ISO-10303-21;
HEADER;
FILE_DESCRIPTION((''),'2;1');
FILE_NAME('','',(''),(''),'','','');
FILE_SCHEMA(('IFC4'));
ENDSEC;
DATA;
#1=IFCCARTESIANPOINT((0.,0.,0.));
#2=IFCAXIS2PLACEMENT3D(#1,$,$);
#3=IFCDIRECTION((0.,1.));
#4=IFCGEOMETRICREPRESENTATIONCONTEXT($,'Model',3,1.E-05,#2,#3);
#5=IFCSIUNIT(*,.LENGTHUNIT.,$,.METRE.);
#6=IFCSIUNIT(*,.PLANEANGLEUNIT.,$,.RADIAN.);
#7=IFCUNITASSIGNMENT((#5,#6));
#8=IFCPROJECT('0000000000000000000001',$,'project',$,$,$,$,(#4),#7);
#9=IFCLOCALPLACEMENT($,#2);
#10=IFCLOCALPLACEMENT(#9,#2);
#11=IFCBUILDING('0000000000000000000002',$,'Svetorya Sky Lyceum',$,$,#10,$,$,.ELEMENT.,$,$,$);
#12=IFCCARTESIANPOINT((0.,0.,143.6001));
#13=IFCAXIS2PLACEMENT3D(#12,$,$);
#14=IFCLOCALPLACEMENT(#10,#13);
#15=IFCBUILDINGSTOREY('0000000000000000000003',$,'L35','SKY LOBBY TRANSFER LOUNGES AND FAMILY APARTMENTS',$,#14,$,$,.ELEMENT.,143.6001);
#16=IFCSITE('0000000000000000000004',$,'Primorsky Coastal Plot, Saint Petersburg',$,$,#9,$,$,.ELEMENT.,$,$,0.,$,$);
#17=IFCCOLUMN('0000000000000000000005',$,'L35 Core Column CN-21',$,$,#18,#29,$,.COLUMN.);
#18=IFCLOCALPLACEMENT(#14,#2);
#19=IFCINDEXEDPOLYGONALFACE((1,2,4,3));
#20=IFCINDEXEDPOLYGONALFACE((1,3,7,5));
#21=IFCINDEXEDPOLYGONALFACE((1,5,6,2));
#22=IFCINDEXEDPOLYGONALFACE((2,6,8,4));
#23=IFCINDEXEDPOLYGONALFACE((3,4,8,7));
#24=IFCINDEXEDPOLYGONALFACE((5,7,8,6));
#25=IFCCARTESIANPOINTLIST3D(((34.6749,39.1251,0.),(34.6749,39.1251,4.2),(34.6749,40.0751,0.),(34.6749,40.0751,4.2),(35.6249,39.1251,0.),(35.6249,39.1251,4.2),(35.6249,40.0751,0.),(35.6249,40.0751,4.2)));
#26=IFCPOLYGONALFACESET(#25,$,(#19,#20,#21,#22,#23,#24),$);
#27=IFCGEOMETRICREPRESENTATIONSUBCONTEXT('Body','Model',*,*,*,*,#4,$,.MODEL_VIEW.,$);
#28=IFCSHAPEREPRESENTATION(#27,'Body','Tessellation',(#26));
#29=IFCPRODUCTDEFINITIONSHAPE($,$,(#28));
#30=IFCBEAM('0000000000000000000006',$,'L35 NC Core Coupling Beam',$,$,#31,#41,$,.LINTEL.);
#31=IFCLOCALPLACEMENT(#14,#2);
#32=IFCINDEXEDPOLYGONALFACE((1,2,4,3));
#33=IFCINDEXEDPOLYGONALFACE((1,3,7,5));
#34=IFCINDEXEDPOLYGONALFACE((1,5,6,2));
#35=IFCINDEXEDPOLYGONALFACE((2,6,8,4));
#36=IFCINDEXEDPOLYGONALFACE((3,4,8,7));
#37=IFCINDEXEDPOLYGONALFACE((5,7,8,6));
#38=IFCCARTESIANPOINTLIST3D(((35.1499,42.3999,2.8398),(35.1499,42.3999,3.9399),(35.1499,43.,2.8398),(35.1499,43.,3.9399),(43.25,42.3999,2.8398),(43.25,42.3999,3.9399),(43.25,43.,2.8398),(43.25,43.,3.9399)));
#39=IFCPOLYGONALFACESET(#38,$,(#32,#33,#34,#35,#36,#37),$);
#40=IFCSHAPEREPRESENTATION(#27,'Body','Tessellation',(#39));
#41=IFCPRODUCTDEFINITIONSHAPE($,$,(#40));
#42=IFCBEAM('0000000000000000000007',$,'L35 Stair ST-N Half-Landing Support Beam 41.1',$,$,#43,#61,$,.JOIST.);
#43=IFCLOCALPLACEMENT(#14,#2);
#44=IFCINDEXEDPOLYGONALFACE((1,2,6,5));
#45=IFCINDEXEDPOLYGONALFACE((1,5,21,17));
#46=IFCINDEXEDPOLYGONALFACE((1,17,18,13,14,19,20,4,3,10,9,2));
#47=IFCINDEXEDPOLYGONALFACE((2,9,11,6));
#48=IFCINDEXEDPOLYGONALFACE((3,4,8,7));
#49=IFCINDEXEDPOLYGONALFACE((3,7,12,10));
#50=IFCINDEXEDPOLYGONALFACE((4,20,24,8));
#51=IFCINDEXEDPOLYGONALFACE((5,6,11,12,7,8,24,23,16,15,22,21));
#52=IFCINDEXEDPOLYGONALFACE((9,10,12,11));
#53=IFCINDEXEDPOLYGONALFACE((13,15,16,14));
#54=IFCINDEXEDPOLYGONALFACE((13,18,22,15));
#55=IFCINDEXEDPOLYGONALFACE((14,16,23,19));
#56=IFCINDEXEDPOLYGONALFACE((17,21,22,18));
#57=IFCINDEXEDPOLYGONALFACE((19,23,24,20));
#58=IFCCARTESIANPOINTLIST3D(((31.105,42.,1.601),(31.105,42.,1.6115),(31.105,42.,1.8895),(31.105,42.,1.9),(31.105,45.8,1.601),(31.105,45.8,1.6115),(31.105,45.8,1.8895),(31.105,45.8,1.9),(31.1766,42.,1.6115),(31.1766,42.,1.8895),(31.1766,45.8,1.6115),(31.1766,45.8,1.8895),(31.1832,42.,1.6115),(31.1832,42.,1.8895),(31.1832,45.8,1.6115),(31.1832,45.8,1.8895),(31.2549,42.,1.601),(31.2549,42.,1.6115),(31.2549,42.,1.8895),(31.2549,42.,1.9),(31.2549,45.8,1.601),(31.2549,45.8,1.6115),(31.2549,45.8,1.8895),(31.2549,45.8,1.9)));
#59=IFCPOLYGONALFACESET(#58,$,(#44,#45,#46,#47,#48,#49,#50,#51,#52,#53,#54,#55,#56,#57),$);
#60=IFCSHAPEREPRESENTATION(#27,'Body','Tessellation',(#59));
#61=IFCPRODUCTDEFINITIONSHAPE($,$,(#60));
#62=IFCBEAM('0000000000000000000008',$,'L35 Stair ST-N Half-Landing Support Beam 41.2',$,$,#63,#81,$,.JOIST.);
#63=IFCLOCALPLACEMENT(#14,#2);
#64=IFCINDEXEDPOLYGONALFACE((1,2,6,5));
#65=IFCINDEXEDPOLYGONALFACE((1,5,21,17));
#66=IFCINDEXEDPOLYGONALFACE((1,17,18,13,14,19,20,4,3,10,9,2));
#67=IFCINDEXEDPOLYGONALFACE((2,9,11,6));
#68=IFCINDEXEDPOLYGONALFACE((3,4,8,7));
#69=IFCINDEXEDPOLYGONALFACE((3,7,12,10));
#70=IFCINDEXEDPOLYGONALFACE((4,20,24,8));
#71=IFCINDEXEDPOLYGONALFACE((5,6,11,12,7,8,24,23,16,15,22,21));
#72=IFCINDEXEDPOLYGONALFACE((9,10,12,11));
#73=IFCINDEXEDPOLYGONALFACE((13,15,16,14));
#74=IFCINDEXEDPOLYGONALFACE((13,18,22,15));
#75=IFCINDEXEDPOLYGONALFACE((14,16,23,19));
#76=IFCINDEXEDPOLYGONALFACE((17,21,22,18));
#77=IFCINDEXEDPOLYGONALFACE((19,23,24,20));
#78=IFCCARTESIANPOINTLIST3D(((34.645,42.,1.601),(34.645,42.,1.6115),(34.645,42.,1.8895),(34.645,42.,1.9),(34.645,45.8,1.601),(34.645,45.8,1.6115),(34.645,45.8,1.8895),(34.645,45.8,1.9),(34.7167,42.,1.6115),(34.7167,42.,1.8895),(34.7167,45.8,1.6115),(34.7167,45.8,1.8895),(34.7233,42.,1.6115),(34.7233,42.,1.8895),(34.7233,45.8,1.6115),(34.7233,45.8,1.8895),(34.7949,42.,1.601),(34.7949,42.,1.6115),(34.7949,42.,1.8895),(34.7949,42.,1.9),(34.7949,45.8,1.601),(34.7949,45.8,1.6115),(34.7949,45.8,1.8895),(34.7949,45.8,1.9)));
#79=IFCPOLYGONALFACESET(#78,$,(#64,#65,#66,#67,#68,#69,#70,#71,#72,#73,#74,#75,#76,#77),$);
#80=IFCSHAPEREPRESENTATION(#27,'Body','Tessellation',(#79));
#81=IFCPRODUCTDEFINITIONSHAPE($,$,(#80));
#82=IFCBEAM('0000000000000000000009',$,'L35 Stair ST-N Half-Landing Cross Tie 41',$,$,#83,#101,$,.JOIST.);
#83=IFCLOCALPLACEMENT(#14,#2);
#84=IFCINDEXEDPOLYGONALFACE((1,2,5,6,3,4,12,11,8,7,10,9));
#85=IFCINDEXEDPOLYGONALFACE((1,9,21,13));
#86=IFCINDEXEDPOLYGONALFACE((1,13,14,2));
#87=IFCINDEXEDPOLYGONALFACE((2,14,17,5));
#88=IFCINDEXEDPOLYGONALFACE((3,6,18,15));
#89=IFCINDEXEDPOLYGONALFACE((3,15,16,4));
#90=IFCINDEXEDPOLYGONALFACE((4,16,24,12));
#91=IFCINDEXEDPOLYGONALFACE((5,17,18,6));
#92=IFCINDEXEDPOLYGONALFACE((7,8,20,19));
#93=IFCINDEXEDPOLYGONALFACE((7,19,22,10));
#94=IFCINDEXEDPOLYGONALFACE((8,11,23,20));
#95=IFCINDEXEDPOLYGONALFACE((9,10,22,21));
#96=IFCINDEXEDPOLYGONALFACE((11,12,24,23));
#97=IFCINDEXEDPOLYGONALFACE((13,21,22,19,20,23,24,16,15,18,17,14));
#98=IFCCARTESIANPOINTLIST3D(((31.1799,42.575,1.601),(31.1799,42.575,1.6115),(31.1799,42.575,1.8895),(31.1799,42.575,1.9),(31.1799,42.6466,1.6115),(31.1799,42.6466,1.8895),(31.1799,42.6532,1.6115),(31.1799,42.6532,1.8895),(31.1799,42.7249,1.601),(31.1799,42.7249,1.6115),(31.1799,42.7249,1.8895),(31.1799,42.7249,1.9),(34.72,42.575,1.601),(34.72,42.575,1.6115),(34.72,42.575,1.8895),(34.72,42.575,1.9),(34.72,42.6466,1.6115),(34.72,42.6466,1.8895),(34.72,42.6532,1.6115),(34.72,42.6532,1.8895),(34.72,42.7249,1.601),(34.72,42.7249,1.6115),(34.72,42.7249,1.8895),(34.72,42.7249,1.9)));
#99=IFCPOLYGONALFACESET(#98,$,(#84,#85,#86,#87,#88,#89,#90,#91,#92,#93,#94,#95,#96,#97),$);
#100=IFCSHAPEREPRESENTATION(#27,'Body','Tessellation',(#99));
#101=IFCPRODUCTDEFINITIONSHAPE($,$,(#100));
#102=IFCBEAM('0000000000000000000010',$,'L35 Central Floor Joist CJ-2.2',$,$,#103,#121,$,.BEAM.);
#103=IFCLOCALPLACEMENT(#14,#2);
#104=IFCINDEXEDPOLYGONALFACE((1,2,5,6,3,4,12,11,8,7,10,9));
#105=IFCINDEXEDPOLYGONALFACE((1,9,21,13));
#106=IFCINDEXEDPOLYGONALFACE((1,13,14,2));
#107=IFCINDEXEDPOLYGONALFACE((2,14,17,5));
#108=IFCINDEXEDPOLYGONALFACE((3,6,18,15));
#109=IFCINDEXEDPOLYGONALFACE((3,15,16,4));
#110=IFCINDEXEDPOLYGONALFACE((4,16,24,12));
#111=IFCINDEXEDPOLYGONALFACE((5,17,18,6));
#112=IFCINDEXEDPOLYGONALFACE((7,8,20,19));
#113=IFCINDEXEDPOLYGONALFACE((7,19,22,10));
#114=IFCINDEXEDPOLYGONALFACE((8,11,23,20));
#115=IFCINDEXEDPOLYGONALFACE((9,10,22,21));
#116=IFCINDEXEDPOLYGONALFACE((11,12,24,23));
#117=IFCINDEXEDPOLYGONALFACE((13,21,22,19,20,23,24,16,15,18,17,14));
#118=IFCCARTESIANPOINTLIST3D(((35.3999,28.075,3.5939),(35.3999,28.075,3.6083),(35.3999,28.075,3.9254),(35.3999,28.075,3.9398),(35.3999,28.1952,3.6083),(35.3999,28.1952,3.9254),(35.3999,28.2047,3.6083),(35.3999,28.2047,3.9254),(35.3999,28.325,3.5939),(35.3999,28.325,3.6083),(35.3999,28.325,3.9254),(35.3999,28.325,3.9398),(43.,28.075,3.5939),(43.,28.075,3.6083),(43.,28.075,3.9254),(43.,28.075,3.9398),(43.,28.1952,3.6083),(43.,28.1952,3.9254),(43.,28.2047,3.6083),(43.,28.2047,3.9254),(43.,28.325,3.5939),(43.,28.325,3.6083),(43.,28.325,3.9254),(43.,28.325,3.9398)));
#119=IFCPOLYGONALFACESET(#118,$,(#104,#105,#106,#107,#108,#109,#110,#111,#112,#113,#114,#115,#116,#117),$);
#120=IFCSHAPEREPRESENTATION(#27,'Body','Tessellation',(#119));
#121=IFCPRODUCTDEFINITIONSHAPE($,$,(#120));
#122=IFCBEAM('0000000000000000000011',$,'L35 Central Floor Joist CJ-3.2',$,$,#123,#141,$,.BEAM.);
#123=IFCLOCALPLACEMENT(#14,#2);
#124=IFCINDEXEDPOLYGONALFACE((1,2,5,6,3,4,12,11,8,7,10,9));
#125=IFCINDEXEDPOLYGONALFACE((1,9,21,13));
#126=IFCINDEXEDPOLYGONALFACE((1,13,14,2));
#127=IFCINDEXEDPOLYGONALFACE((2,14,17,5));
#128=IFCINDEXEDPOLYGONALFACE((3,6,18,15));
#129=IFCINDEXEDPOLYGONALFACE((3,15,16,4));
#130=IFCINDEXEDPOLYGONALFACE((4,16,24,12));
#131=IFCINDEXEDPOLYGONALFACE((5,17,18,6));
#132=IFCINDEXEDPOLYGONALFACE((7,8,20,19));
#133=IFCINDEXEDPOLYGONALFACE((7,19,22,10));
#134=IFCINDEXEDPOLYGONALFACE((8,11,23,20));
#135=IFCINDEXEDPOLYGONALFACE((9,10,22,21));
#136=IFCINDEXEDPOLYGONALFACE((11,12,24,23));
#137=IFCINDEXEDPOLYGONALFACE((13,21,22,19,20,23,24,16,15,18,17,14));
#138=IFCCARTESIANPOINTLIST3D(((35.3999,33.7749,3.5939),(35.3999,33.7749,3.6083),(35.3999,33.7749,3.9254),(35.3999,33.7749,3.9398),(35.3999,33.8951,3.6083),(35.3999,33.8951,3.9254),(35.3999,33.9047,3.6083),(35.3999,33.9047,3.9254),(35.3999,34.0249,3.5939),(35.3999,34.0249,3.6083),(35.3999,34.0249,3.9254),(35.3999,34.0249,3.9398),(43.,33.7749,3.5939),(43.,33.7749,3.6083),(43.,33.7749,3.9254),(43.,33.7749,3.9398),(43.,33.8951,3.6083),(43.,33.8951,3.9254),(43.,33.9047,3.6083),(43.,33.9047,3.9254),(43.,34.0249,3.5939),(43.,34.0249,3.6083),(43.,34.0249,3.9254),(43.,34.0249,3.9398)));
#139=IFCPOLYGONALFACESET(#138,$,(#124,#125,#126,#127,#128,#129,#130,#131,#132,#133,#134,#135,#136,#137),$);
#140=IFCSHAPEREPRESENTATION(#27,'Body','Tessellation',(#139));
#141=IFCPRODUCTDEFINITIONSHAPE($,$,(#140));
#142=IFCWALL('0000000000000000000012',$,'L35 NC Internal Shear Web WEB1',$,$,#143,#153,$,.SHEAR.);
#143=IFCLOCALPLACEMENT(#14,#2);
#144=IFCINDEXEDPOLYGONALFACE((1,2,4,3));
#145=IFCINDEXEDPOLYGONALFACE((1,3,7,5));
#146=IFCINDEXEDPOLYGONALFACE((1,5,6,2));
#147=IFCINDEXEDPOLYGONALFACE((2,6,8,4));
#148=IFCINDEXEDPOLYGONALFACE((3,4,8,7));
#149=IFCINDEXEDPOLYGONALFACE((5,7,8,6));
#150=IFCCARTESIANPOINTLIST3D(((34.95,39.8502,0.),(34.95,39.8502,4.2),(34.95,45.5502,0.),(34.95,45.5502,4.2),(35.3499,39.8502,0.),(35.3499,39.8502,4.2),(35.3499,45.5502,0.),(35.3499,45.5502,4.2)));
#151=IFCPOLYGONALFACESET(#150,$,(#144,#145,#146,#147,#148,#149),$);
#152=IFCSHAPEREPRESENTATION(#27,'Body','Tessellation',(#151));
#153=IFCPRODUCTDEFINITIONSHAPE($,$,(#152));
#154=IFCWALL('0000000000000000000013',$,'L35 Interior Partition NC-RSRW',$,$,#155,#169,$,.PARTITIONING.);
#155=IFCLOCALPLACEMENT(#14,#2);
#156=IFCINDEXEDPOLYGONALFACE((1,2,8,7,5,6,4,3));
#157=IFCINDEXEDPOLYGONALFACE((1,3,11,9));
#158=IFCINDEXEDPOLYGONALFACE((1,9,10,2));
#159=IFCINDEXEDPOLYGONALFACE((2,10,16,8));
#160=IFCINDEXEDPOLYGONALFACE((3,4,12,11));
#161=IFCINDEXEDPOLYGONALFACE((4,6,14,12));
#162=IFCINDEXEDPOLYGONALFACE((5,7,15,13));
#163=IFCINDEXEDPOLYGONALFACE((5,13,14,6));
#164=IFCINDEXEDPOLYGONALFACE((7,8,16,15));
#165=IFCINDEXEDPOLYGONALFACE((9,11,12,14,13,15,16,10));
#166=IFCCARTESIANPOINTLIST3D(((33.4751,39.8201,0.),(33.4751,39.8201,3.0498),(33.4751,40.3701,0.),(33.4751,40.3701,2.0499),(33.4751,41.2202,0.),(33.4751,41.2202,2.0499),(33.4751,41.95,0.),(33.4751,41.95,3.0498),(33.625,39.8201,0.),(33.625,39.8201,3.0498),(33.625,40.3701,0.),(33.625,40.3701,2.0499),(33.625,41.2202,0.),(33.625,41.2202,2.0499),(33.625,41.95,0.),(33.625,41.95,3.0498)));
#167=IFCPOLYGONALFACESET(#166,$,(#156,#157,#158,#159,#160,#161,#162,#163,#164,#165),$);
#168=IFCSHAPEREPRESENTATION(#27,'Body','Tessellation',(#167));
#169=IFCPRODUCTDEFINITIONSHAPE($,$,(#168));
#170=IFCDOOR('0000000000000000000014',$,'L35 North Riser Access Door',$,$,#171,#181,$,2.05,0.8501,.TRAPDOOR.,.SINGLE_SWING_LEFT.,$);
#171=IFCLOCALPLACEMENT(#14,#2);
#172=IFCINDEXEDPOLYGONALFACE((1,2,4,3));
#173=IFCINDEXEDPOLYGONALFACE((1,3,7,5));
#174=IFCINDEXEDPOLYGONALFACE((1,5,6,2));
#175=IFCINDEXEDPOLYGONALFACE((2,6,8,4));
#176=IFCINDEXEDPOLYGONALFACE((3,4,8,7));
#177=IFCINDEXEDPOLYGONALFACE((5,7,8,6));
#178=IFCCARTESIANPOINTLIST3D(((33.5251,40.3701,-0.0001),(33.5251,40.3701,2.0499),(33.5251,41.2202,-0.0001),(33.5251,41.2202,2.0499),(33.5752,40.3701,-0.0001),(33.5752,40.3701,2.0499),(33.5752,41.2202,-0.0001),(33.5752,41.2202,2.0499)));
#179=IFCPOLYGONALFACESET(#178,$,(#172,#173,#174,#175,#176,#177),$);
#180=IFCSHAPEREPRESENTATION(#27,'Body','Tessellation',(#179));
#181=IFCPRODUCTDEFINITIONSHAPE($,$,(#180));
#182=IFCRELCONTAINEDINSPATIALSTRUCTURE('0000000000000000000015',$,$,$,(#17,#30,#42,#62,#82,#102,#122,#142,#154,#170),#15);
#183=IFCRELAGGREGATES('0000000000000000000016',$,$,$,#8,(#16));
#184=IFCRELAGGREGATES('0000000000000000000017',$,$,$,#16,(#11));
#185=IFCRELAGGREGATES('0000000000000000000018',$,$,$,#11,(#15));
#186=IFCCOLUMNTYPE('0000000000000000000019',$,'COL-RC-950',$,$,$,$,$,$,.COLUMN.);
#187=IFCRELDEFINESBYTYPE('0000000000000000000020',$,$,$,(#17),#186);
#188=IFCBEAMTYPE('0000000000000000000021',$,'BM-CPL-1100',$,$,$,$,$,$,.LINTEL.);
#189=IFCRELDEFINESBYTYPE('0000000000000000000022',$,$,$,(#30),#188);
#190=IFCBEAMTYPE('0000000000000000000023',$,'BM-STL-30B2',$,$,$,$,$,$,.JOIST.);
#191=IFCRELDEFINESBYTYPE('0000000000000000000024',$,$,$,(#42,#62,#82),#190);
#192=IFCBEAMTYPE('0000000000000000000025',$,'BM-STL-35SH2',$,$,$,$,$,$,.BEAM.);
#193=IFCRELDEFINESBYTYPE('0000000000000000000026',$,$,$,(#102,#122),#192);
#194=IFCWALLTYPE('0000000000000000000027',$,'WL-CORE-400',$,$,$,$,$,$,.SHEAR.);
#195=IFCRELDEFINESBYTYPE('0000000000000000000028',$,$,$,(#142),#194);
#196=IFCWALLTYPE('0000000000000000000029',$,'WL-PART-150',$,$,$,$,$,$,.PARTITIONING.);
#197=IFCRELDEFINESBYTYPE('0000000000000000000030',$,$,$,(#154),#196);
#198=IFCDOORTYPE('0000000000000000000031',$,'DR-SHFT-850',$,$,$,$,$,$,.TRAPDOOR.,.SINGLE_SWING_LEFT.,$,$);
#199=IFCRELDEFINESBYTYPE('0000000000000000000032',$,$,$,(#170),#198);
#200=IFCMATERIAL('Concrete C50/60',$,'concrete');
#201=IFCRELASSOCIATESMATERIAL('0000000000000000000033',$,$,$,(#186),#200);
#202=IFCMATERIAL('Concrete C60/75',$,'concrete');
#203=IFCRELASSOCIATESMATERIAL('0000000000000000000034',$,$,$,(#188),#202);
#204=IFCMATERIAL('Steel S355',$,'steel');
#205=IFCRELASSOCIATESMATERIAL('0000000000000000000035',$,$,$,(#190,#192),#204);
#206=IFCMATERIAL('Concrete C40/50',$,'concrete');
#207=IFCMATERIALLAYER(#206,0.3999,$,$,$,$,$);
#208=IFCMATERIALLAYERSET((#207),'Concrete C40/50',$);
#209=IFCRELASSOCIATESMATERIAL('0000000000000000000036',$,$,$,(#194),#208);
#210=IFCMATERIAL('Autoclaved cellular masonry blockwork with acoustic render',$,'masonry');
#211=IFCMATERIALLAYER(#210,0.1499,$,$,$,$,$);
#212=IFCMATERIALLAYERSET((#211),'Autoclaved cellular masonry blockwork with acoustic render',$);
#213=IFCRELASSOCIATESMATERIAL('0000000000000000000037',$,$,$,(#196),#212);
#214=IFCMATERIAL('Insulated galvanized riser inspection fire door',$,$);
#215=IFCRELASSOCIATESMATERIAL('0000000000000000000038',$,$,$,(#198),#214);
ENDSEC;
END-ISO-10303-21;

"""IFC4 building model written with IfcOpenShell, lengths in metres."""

from ifc_helpers import new_model, si_unit, direction, frame, frame_2d, origin, origin_2d, place, context, subcontext, project, spatial, rectangle, i_section, extrude, material, layer, layer_set, material_profile, profile_set, type_object, element, fill, save


model = new_model("IFC4")

# Units and contexts
model_context = context("Model", 3, precision=1e-05, world=origin(), true_north=direction((0.0, 1.0)))
body_context = subcontext(model_context, "Body", "Model", "MODEL_VIEW")
ifc_project = project(units=[si_unit("LENGTHUNIT", "METRE"), si_unit("PLANEANGLEUNIT", "RADIAN")], contexts=[model_context])

# Site, building, storey
site_placement = place(None, origin())
site = spatial("IfcSite", under=ifc_project, at=site_placement, Name="Primorsky Coastal Plot, Saint Petersburg", CompositionType="ELEMENT", RefElevation=0.0)
building_placement = place(site_placement, origin())
building = spatial("IfcBuilding", under=site, at=building_placement, Name="Svetorya Sky Lyceum", CompositionType="ELEMENT")
storey_placement = place(building_placement, frame((0.0, 0.0, 143.6001)))
storey = spatial("IfcBuildingStorey", under=building, at=storey_placement, Name="L35", Description="SKY LOBBY TRANSFER LOUNGES AND FAMILY APARTMENTS", CompositionType="ELEMENT", Elevation=143.6001)

# Column
ifc_material_1 = material(Name="Concrete C50/60", Category="concrete")
ifc_material_profile_1 = material_profile(ifc_material_1, rectangle(XDim=0.95, YDim=0.95, at=origin_2d()), Name="RC COL 950x950")
ifc_profile_set_1 = profile_set([ifc_material_profile_1], Name="Concrete C50/60")
column_type = type_object("IfcColumnType", Name="COL-RC-950", PredefinedType="COLUMN", material=ifc_profile_set_1)
column_placement = place(storey_placement, frame((35.1499, 39.6001, 0.0), z_axis=(0.0, 0.0, 1.0), x_axis=(1.0, 0.0, 0.0)))
element("IfcColumn", 1, at=column_placement, inside=storey, type_object=column_type, Name="L35 Core Column CN-21", PredefinedType="COLUMN", context=body_context, shape_type="SweptSolid", body=[
    extrude(rectangle(XDim=0.95, YDim=0.95, at=origin_2d()), origin(), (0.0, 0.0, 1.0), 4.2),
])

# Beams
ifc_material_2 = material(Name="Concrete C60/75", Category="concrete")
ifc_material_profile_2 = material_profile(ifc_material_2, rectangle(XDim=0.6001, YDim=1.1001, at=origin_2d()), Name="RC COUPLING 600x1100")
ifc_profile_set_2 = profile_set([ifc_material_profile_2], Name="Concrete C60/75")
beam_type_1 = type_object("IfcBeamType", Name="BM-CPL-1100", PredefinedType="LINTEL", material=ifc_profile_set_2)
beam_1_placement = place(storey_placement, frame((35.1499, 42.7, 3.3899), z_axis=(1.0, 0.0, 0.0), x_axis=(0.0, 1.0, 0.0)))
element("IfcBeam", 2, at=beam_1_placement, inside=storey, type_object=beam_type_1, Name="L35 NC Core Coupling Beam", PredefinedType="LINTEL", context=body_context, shape_type="SweptSolid", body=[
    extrude(rectangle(XDim=0.6001, YDim=1.1001, at=origin_2d()), origin(), (0.0, 0.0, 1.0), 8.1001),
])
ifc_material_3 = material(Name="Steel S355", Category="steel")
ifc_material_profile_3 = material_profile(ifc_material_3, i_section(OverallWidth=0.1499, OverallDepth=0.2991, WebThickness=0.0066, FlangeThickness=0.0105, at=origin_2d()), Name="GOST 30B2")
ifc_profile_set_3 = profile_set([ifc_material_profile_3], Name="Steel S355")
beam_type_2 = type_object("IfcBeamType", Name="BM-STL-30B2", PredefinedType="JOIST", material=ifc_profile_set_3)
for number, where, z_axis, x_axis, name in (
    (3, (31.1799, 42.0, 1.7505), (0.0, 1.0, 0.0), (-1.0, 0.0, 0.0), "L35 Stair ST-N Half-Landing Support Beam 41.1"),
    (4, (34.72, 42.0, 1.7505), (0.0, 1.0, 0.0), (-1.0, 0.0, 0.0), "L35 Stair ST-N Half-Landing Support Beam 41.2"),
):
    element("IfcBeam", number, at=place(storey_placement, frame(where, z_axis=z_axis, x_axis=x_axis)), inside=storey, type_object=beam_type_2, Name=name, PredefinedType="JOIST", context=body_context, shape_type="SweptSolid", body=[
        extrude(i_section(OverallWidth=0.1499, OverallDepth=0.2991, WebThickness=0.0066, FlangeThickness=0.0105, at=origin_2d()), origin(), (0.0, 0.0, 1.0), 3.8),
    ])
beam_2_placement = place(storey_placement, frame((31.1799, 42.6499, 1.7505), z_axis=(1.0, 0.0, 0.0), x_axis=(0.0, 1.0, 0.0)))
element("IfcBeam", 5, at=beam_2_placement, inside=storey, type_object=beam_type_2, Name="L35 Stair ST-N Half-Landing Cross Tie 41", PredefinedType="JOIST", context=body_context, shape_type="SweptSolid", body=[
    extrude(i_section(OverallWidth=0.1499, OverallDepth=0.2991, WebThickness=0.0066, FlangeThickness=0.0105, at=origin_2d()), origin(), (0.0, 0.0, 1.0), 3.54),
])
ifc_material_profile_4 = material_profile(ifc_material_3, i_section(OverallWidth=0.25, OverallDepth=0.3459, WebThickness=0.0095, FlangeThickness=0.0144, at=origin_2d()), Name="GOST 35Sh2")
ifc_profile_set_4 = profile_set([ifc_material_profile_4], Name="Steel S355")
beam_type_3 = type_object("IfcBeamType", Name="BM-STL-35SH2", PredefinedType="BEAM", material=ifc_profile_set_4)
for number, where, z_axis, x_axis, name in (
    (6, (35.3999, 28.2, 3.7668), (1.0, 0.0, 0.0), (0.0, 1.0, 0.0), "L35 Central Floor Joist CJ-2.2"),
    (7, (35.3999, 33.8999, 3.7668), (1.0, 0.0, 0.0), (0.0, 1.0, 0.0), "L35 Central Floor Joist CJ-3.2"),
):
    element("IfcBeam", number, at=place(storey_placement, frame(where, z_axis=z_axis, x_axis=x_axis)), inside=storey, type_object=beam_type_3, Name=name, PredefinedType="BEAM", context=body_context, shape_type="SweptSolid", body=[
        extrude(i_section(OverallWidth=0.25, OverallDepth=0.3459, WebThickness=0.0095, FlangeThickness=0.0144, at=origin_2d()), origin(), (0.0, 0.0, 1.0), 7.6001),
    ])

# Wall
ifc_material_4 = material(Name="Concrete C40/50", Category="concrete")
ifc_layer_1 = layer(ifc_material_4, 0.3999)
ifc_layer_set_1 = layer_set([ifc_layer_1], Name="Concrete C40/50")
wall_type_1 = type_object("IfcWallType", Name="WL-CORE-400", PredefinedType="SHEAR", material=ifc_layer_set_1)
wall_1_placement = place(storey_placement, frame((35.1499, 39.8501, 0.0), z_axis=(0.0, 0.0, 1.0), x_axis=(0.0, 1.0, 0.0)))
element("IfcWall", 8, at=wall_1_placement, inside=storey, type_object=wall_type_1, Name="L35 NC Internal Shear Web WEB1", PredefinedType="SHEAR", context=body_context, shape_type="SweptSolid", body=[
    extrude(rectangle(XDim=5.7, YDim=0.3999, at=frame_2d((2.8501, 0.0))), origin(), (0.0, 0.0, 1.0), 4.2),
])

# Wall, opening, door
ifc_material_5 = material(Name="Autoclaved cellular masonry blockwork with acoustic render", Category="masonry")
ifc_layer_2 = layer(ifc_material_5, 0.1499)
ifc_layer_set_2 = layer_set([ifc_layer_2], Name="Autoclaved cellular masonry blockwork with acoustic render")
wall_type_2 = type_object("IfcWallType", Name="WL-PART-150", PredefinedType="PARTITIONING", material=ifc_layer_set_2)
wall_2_placement = place(storey_placement, frame((33.55, 39.8201, 0.0), z_axis=(0.0, 0.0, 1.0), x_axis=(0.0, 1.0, 0.0)))
wall_2 = element("IfcWall", 9, at=wall_2_placement, inside=storey, type_object=wall_type_2, Name="L35 Interior Partition NC-RSRW", PredefinedType="PARTITIONING", context=body_context, shape_type="SweptSolid", body=[
    extrude(rectangle(XDim=2.1299, YDim=0.1499, at=frame_2d((1.0649, 0.0))), origin(), (0.0, 0.0, 1.0), 3.0498),
])
opening_1_placement = place(wall_2_placement, frame((0.55, 0.0, 0.0)))
opening_1 = element("IfcOpeningElement", 10, at=opening_1_placement, cuts=wall_2, PredefinedType="OPENING", context=body_context, shape_type="SweptSolid", body=[
    extrude(rectangle(XDim=0.8501, YDim=2.05, at=frame_2d((0.425, 1.0249))), frame((0.0, 0.085, 0.0), z_axis=(0.0, -1.0, 0.0), x_axis=(1.0, 0.0, 0.0)), (0.0, 0.0, 1.0), 0.1699),
])
ifc_material_6 = material(Name="Insulated galvanized riser inspection fire door")
door_type_1 = type_object("IfcDoorType", Name="DR-SHFT-850", OperationType="SINGLE_SWING_LEFT", PredefinedType="TRAPDOOR", material=ifc_material_6)
door_1_placement = place(opening_1_placement, origin())
door_1 = element("IfcDoor", 11, at=door_1_placement, inside=storey, type_object=door_type_1, Name="L35 North Riser Access Door", OperationType="SINGLE_SWING_LEFT", OverallHeight=2.05, OverallWidth=0.8501, PredefinedType="TRAPDOOR", context=body_context, shape_type="SweptSolid", body=[
    extrude(rectangle(XDim=0.8501, YDim=2.05, at=frame_2d((0.425, 1.0249))), frame((0.0, 0.0249, 0.0), z_axis=(0.0, -1.0, 0.0), x_axis=(1.0, 0.0, 0.0)), (0.0, 0.0, 1.0), 0.05),
])
fill(opening_1, door_1)

save(model, "model.ifc")
